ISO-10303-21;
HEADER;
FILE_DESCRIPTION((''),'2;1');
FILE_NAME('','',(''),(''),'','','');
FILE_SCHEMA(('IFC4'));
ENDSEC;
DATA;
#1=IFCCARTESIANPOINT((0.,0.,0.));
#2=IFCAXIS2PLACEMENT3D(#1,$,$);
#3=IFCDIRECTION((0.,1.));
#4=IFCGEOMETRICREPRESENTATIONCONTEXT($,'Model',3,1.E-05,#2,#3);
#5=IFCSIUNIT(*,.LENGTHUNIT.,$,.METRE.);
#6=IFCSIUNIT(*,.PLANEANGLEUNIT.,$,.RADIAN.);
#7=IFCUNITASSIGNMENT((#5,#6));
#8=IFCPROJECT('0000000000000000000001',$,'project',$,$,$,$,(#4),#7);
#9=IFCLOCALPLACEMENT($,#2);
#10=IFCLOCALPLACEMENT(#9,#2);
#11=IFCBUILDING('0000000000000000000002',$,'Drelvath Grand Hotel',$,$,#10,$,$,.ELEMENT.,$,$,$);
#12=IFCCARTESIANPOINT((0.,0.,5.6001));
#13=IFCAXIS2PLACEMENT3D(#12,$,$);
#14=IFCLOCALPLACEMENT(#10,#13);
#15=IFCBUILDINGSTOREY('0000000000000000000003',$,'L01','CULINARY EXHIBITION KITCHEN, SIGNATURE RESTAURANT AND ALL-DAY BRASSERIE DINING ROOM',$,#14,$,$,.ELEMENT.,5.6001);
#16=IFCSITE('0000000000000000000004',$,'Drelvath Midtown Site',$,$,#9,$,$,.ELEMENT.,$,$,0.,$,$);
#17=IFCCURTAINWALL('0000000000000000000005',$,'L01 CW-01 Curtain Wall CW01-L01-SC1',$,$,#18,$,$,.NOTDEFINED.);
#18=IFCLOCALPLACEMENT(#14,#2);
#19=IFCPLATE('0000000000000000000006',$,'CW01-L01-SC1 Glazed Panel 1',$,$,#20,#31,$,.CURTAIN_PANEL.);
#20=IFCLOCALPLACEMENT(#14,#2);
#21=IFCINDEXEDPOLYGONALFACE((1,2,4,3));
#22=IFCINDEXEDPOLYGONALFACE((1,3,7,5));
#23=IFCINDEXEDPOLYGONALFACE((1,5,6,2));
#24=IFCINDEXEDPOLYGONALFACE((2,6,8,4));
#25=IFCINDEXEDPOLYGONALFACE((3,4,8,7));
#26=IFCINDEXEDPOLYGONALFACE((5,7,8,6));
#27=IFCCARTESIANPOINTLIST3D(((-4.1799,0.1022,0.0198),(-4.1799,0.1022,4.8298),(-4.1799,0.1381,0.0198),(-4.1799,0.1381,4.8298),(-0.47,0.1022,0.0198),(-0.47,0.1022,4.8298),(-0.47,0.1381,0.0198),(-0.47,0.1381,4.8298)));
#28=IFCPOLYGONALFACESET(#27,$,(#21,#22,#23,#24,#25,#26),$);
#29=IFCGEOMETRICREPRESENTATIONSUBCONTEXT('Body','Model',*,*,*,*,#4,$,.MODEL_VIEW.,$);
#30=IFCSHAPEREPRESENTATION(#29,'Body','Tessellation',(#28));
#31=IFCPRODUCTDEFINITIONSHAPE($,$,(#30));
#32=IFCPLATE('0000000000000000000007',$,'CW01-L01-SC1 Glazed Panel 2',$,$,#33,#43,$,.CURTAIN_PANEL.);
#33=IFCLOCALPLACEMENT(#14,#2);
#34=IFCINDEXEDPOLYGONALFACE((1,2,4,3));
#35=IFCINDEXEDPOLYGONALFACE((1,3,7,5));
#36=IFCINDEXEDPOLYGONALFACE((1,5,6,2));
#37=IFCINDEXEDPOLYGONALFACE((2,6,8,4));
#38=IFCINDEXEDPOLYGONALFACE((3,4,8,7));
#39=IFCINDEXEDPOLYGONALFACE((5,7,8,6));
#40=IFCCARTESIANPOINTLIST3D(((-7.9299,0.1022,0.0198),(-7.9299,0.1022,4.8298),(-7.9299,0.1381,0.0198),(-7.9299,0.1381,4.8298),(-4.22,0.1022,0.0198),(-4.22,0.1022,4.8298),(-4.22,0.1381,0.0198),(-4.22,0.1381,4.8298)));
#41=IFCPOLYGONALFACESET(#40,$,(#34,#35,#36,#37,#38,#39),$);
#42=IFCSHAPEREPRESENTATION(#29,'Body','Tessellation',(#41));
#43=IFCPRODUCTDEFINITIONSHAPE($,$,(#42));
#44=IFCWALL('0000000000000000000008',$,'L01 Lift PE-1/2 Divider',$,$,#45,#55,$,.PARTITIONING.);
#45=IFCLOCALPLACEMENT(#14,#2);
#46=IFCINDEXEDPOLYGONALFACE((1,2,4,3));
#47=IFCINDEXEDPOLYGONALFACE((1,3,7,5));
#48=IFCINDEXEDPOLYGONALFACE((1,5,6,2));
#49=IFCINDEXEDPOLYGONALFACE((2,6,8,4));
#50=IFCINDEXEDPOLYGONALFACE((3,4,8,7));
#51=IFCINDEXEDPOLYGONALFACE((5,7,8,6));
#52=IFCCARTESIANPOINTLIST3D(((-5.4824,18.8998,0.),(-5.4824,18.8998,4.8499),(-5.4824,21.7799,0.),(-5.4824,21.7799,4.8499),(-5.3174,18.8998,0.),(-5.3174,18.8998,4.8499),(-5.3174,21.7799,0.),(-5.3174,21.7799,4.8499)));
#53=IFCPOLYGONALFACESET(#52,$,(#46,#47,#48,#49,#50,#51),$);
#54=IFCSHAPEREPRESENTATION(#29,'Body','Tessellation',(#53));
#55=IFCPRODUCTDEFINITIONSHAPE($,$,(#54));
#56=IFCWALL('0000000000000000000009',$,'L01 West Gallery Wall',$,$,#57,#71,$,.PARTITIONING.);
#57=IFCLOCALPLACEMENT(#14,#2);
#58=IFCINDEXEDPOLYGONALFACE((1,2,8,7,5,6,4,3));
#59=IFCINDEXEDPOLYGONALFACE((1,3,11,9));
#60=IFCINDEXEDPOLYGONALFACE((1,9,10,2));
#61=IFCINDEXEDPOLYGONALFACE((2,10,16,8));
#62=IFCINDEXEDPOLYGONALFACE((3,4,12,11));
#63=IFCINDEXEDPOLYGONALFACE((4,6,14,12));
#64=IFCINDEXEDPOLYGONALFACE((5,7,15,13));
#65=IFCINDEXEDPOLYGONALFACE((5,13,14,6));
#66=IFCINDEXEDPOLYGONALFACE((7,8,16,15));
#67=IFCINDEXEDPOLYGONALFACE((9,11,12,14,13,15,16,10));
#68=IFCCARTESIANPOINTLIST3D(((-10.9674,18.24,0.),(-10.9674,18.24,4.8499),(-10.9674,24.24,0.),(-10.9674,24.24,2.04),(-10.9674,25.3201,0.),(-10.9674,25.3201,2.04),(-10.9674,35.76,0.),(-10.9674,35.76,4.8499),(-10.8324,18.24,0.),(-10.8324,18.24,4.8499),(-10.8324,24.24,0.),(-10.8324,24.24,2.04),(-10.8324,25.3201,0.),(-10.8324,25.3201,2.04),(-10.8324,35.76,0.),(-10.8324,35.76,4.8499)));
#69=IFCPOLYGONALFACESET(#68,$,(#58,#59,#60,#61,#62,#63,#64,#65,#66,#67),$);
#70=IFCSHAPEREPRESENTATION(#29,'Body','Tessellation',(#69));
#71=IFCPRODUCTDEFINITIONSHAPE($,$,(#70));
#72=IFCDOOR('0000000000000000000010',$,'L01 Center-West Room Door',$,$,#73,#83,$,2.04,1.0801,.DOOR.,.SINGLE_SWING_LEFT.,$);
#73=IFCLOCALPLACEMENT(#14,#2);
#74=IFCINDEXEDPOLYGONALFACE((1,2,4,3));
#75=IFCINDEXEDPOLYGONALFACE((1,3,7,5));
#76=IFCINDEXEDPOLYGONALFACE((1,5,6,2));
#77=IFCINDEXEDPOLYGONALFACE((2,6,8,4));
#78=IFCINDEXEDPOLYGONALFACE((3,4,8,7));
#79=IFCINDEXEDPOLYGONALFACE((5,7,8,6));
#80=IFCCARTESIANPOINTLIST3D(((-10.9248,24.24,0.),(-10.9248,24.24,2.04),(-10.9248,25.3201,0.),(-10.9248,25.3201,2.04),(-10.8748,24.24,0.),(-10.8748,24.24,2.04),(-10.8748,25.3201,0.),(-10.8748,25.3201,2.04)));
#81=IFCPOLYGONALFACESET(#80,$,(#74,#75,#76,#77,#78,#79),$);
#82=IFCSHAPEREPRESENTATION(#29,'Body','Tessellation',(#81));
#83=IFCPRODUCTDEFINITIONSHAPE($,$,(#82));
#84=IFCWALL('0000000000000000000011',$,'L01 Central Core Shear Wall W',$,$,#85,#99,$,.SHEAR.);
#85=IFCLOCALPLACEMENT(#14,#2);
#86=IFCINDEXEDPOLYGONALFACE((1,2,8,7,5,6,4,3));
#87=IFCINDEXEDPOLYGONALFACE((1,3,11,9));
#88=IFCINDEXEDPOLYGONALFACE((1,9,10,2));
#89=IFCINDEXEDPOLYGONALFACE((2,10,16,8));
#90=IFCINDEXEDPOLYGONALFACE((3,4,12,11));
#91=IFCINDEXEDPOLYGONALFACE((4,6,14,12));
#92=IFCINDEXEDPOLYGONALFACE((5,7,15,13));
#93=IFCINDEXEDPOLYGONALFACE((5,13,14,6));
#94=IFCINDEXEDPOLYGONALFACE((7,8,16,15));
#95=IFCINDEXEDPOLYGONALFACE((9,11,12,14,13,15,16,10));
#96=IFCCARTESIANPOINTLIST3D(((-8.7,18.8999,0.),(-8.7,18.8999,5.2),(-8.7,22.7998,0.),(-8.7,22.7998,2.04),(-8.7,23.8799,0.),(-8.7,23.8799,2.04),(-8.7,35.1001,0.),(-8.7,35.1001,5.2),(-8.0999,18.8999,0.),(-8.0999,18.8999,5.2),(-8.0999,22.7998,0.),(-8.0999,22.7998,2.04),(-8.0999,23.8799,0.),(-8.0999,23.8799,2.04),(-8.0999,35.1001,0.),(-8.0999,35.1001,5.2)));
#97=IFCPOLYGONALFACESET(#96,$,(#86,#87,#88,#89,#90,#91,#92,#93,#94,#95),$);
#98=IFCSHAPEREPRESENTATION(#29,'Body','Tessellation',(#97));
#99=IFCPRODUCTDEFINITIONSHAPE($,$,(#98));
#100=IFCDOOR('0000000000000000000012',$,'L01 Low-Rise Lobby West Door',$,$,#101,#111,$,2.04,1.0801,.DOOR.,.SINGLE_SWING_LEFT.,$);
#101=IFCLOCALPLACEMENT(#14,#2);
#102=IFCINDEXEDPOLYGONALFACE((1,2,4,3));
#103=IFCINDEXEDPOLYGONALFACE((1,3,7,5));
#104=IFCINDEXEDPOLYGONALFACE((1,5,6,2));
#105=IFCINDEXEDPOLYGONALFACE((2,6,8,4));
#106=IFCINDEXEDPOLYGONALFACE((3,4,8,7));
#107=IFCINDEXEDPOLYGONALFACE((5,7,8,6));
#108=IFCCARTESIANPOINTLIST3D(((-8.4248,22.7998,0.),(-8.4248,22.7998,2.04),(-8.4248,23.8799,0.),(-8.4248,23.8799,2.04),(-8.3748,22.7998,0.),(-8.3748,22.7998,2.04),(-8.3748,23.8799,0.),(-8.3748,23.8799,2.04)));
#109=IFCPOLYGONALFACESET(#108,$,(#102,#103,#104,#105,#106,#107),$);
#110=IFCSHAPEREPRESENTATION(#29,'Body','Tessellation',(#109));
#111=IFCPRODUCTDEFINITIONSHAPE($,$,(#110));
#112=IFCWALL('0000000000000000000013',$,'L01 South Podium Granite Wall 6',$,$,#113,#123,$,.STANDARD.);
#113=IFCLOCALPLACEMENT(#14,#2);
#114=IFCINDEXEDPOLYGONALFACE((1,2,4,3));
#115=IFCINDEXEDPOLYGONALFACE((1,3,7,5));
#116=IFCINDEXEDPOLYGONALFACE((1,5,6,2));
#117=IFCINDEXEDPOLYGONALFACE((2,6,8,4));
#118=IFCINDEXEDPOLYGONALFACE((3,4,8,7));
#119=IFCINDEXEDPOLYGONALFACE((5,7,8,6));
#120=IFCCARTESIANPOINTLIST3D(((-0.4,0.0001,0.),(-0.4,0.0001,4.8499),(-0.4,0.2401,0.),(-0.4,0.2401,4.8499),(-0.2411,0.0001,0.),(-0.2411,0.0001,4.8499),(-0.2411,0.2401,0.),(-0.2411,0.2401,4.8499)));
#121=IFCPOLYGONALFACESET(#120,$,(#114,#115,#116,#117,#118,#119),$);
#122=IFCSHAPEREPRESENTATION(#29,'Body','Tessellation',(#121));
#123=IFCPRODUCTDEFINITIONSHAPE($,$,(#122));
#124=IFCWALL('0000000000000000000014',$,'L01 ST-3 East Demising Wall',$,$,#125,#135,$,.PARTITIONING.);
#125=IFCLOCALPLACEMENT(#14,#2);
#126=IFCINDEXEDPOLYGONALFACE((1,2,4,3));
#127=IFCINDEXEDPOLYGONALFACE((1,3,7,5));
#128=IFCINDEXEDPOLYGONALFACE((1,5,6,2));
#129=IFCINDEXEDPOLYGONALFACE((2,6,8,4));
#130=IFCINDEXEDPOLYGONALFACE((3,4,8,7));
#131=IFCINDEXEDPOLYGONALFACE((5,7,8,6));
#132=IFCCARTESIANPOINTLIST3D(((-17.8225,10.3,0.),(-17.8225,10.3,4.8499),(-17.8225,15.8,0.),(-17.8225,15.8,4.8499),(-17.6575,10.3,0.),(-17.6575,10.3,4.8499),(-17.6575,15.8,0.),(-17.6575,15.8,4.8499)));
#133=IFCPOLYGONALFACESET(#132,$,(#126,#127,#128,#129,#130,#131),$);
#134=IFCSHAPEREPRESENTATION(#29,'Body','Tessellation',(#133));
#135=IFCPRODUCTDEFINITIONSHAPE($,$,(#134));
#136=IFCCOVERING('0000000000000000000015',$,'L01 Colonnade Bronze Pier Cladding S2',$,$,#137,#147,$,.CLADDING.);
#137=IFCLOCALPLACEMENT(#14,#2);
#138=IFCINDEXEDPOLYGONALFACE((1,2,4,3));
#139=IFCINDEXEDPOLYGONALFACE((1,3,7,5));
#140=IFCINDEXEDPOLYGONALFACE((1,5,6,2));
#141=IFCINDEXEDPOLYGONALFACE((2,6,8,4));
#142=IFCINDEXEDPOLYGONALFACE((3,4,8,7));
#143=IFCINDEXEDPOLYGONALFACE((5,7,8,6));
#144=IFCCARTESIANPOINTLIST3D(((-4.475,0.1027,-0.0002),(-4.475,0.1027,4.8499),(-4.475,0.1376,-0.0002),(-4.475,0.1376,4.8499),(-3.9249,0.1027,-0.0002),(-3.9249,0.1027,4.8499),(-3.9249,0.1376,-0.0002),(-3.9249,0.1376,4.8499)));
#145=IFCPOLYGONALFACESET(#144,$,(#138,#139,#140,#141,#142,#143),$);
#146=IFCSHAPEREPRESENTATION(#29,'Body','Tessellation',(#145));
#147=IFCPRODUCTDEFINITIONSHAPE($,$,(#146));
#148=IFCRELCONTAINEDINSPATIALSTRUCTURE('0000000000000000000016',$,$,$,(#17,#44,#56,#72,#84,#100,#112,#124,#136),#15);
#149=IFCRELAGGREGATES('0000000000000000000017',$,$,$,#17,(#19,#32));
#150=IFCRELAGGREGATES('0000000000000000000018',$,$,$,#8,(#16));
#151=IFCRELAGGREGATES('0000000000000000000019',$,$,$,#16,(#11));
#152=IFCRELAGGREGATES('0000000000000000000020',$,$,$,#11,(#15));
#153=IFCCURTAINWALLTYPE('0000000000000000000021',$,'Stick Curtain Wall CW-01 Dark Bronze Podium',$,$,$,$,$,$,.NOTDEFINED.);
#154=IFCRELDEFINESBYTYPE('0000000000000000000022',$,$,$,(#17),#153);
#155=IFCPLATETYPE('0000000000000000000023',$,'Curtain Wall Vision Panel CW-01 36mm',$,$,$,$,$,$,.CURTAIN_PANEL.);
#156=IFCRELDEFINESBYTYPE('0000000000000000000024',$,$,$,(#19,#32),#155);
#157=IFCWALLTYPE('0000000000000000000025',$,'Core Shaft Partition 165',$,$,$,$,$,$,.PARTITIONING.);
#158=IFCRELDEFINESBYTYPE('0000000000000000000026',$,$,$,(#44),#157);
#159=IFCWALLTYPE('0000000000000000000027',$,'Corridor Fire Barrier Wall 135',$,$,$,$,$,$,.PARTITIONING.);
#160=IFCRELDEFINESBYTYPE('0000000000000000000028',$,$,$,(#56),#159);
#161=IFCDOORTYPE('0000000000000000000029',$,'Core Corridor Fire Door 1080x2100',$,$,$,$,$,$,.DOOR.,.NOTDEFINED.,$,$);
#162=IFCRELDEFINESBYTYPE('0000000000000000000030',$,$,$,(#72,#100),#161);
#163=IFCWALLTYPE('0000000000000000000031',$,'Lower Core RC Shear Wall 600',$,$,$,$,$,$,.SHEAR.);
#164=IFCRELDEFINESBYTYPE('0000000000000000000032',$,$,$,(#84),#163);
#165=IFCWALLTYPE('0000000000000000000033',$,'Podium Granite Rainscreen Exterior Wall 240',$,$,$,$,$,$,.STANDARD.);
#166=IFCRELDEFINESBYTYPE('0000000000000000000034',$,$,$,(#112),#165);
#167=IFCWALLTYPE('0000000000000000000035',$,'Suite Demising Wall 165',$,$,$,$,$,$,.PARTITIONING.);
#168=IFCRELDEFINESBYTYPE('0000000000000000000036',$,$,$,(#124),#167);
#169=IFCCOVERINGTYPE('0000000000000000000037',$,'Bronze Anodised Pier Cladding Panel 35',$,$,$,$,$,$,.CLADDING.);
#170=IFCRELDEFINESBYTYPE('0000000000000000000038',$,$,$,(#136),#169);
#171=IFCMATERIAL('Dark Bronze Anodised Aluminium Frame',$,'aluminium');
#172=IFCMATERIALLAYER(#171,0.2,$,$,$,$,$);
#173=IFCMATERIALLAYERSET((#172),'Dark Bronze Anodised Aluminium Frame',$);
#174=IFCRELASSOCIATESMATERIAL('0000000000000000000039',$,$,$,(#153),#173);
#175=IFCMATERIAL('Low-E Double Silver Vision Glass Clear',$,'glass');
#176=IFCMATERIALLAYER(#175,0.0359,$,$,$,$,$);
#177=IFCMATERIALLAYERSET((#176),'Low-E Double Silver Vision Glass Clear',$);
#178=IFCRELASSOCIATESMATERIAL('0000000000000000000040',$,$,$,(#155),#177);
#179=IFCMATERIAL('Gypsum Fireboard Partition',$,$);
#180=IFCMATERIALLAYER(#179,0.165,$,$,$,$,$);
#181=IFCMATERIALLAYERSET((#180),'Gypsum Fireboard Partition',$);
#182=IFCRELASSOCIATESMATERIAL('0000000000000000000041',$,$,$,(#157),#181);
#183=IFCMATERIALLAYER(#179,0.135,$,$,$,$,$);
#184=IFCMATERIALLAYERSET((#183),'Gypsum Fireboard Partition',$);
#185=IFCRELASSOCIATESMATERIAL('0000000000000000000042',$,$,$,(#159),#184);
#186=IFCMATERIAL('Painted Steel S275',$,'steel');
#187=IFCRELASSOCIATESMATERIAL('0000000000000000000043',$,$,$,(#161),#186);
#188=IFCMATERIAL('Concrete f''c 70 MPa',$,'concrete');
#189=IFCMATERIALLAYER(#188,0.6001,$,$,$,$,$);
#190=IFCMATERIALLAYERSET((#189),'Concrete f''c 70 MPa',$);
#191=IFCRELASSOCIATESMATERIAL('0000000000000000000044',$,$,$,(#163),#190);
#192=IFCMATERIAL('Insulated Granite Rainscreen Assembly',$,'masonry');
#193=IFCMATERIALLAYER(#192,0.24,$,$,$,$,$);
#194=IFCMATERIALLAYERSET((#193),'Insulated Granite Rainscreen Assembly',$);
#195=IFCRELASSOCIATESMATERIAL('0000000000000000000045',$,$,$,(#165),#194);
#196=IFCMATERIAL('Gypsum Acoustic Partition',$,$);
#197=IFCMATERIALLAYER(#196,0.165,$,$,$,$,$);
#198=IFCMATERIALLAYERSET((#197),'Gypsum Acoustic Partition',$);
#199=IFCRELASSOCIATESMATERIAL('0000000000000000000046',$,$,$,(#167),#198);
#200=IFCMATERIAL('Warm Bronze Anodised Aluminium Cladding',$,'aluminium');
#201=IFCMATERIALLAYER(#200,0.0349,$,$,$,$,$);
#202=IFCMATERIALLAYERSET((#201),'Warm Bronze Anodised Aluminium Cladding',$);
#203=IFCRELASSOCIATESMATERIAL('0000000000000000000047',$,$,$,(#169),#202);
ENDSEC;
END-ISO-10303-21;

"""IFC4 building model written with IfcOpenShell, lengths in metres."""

from ifc_helpers import new_model, si_unit, direction, frame, frame_2d, origin, origin_2d, place, context, subcontext, project, spatial, rectangle, extrude, material, layer, layer_set, type_object, element, fill, aggregate, save


model = new_model("IFC4")

# Units and contexts
model_context = context("Model", 3, precision=1e-05, world=origin(), true_north=direction((0.0, 1.0)))
body_context = subcontext(model_context, "Body", "Model", "MODEL_VIEW")
ifc_project = project(units=[si_unit("LENGTHUNIT", "METRE"), si_unit("PLANEANGLEUNIT", "RADIAN")], contexts=[model_context])

# Site, building, storey
site_placement = place(None, origin())
site = spatial("IfcSite", under=ifc_project, at=site_placement, Name="Drelvath Midtown Site", CompositionType="ELEMENT", RefElevation=0.0)
building_placement = place(site_placement, origin())
building = spatial("IfcBuilding", under=site, at=building_placement, Name="Drelvath Grand Hotel", CompositionType="ELEMENT")
storey_placement = place(building_placement, frame((0.0, 0.0, 5.6001)))
storey = spatial("IfcBuildingStorey", under=building, at=storey_placement, Name="L01", Description="CULINARY EXHIBITION KITCHEN, SIGNATURE RESTAURANT AND ALL-DAY BRASSERIE DINING ROOM", CompositionType="ELEMENT", Elevation=5.6001)

# Shared definitions
ifc_material_1 = material(Name="Concrete f'c 70 MPa", Category="concrete")

# Curtain wall
ifc_material_2 = material(Name="Dark Bronze Anodised Aluminium Frame", Category="aluminium")
ifc_layer_1 = layer(ifc_material_2, 0.2)
ifc_layer_set_1 = layer_set([ifc_layer_1], Name="Dark Bronze Anodised Aluminium Frame")
curtain_wall_type = type_object("IfcCurtainWallType", Name="Stick Curtain Wall CW-01 Dark Bronze Podium", PredefinedType="NOTDEFINED", material=ifc_layer_set_1)
curtain_wall_placement = place(storey_placement, origin())
curtain_wall = element("IfcCurtainWall", 1, at=curtain_wall_placement, inside=storey, type_object=curtain_wall_type, Name="L01 CW-01 Curtain Wall CW01-L01-SC1", PredefinedType="NOTDEFINED")

# Plates
ifc_material_3 = material(Name="Low-E Double Silver Vision Glass Clear", Category="glass")
ifc_layer_2 = layer(ifc_material_3, 0.0359)
ifc_layer_set_2 = layer_set([ifc_layer_2], Name="Low-E Double Silver Vision Glass Clear")
plate_type = type_object("IfcPlateType", Name="Curtain Wall Vision Panel CW-01 36mm", PredefinedType="CURTAIN_PANEL", material=ifc_layer_set_2)
plate_1_placement = place(storey_placement, frame((-2.325, 0.1201, 0.0198), z_axis=(0.0, 0.0, 1.0), x_axis=(-1.0, 0.0, 0.0)))
plate_1 = element("IfcPlate", 2, at=plate_1_placement, type_object=plate_type, Name="CW01-L01-SC1 Glazed Panel 1", PredefinedType="CURTAIN_PANEL", context=body_context, shape_type="SweptSolid", body=[
    extrude(rectangle(XDim=3.71, YDim=0.0359, at=origin_2d()), origin(), (0.0, 0.0, 1.0), 4.8101),
])
plate_2_placement = place(storey_placement, frame((-6.075, 0.1201, 0.0198), z_axis=(0.0, 0.0, 1.0), x_axis=(-1.0, 0.0, 0.0)))
plate_2 = element("IfcPlate", 3, at=plate_2_placement, type_object=plate_type, Name="CW01-L01-SC1 Glazed Panel 2", PredefinedType="CURTAIN_PANEL", context=body_context, shape_type="SweptSolid", body=[
    extrude(rectangle(XDim=3.71, YDim=0.0359, at=origin_2d()), origin(), (0.0, 0.0, 1.0), 4.8101),
])
aggregate(curtain_wall, [plate_1, plate_2])

# Wall
ifc_material_4 = material(Name="Gypsum Fireboard Partition")
ifc_layer_3 = layer(ifc_material_4, 0.165)
ifc_layer_set_3 = layer_set([ifc_layer_3], Name="Gypsum Fireboard Partition")
wall_type_1 = type_object("IfcWallType", Name="Core Shaft Partition 165", PredefinedType="PARTITIONING", material=ifc_layer_set_3)
wall_1_placement = place(storey_placement, frame((-5.3999, 18.8999, 0.0), z_axis=(0.0, 0.0, 1.0), x_axis=(0.0, 1.0, 0.0)))
element("IfcWall", 4, at=wall_1_placement, inside=storey, type_object=wall_type_1, Name="L01 Lift PE-1/2 Divider", PredefinedType="PARTITIONING", context=body_context, shape_type="SweptSolid", body=[
    extrude(rectangle(XDim=2.8801, YDim=0.165, at=frame_2d((1.4399, 0.0))), origin(), (0.0, 0.0, 1.0), 4.8499),
])

# Walls, openings, doors
ifc_layer_4 = layer(ifc_material_4, 0.135)
ifc_layer_set_4 = layer_set([ifc_layer_4], Name="Gypsum Fireboard Partition")
wall_type_2 = type_object("IfcWallType", Name="Corridor Fire Barrier Wall 135", PredefinedType="PARTITIONING", material=ifc_layer_set_4)
wall_2_placement = place(storey_placement, frame((-10.8999, 18.24, 0.0), z_axis=(0.0, 0.0, 1.0), x_axis=(0.0, 1.0, 0.0)))
wall_2 = element("IfcWall", 5, at=wall_2_placement, inside=storey, type_object=wall_type_2, Name="L01 West Gallery Wall", PredefinedType="PARTITIONING", context=body_context, shape_type="SweptSolid", body=[
    extrude(rectangle(XDim=17.52, YDim=0.135, at=frame_2d((8.76, 0.0))), origin(), (0.0, 0.0, 1.0), 4.8499),
])
opening_1_placement = place(wall_2_placement, frame((6.0, 0.0, 0.0)))
opening_1 = element("IfcOpeningElement", 6, at=opening_1_placement, cuts=wall_2, PredefinedType="OPENING", context=body_context, shape_type="SweptSolid", body=[
    extrude(rectangle(XDim=1.0801, YDim=2.04, at=frame_2d((0.54, 1.02))), frame((0.0, 0.0774, 0.0), z_axis=(0.0, -1.0, 0.0), x_axis=(1.0, 0.0, 0.0)), (0.0, 0.0, 1.0), 0.155),
])
ifc_material_5 = material(Name="Painted Steel S275", Category="steel")
door_type = type_object("IfcDoorType", Name="Core Corridor Fire Door 1080x2100", OperationType="NOTDEFINED", PredefinedType="DOOR", material=ifc_material_5)
door_1_placement = place(opening_1_placement, origin())
door_1 = element("IfcDoor", 7, at=door_1_placement, inside=storey, type_object=door_type, Name="L01 Center-West Room Door", OperationType="SINGLE_SWING_LEFT", OverallHeight=2.04, OverallWidth=1.0801, PredefinedType="DOOR", context=body_context, shape_type="SweptSolid", body=[
    extrude(rectangle(XDim=1.0801, YDim=2.04, at=frame_2d((0.54, 1.02))), frame((0.0, 0.0249, 0.0), z_axis=(0.0, -1.0, 0.0), x_axis=(1.0, 0.0, 0.0)), (0.0, 0.0, 1.0), 0.05),
])
fill(opening_1, door_1)
ifc_layer_5 = layer(ifc_material_1, 0.6001)
ifc_layer_set_5 = layer_set([ifc_layer_5], Name="Concrete f'c 70 MPa")
wall_type_3 = type_object("IfcWallType", Name="Lower Core RC Shear Wall 600", PredefinedType="SHEAR", material=ifc_layer_set_5)
wall_3_placement = place(storey_placement, frame((-8.3999, 18.8999, 0.0), z_axis=(0.0, 0.0, 1.0), x_axis=(0.0, 1.0, 0.0)))
wall_3 = element("IfcWall", 8, at=wall_3_placement, inside=storey, type_object=wall_type_3, Name="L01 Central Core Shear Wall W", PredefinedType="SHEAR", context=body_context, shape_type="SweptSolid", body=[
    extrude(rectangle(XDim=16.2002, YDim=0.6001, at=frame_2d((8.1001, 0.0))), origin(), (0.0, 0.0, 1.0), 5.2),
])
opening_2_placement = place(wall_3_placement, frame((3.8999, 0.0, 0.0)))
opening_2 = element("IfcOpeningElement", 9, at=opening_2_placement, cuts=wall_3, PredefinedType="OPENING", context=body_context, shape_type="SweptSolid", body=[
    extrude(rectangle(XDim=1.0801, YDim=2.04, at=frame_2d((0.54, 1.02))), frame((0.0, 0.3101, 0.0), z_axis=(0.0, -1.0, 0.0), x_axis=(1.0, 0.0, 0.0)), (0.0, 0.0, 1.0), 0.6201),
])
door_2_placement = place(opening_2_placement, origin())
door_2 = element("IfcDoor", 10, at=door_2_placement, inside=storey, type_object=door_type, Name="L01 Low-Rise Lobby West Door", OperationType="SINGLE_SWING_LEFT", OverallHeight=2.04, OverallWidth=1.0801, PredefinedType="DOOR", context=body_context, shape_type="SweptSolid", body=[
    extrude(rectangle(XDim=1.0801, YDim=2.04, at=frame_2d((0.54, 1.02))), frame((0.0, 0.0249, 0.0), z_axis=(0.0, -1.0, 0.0), x_axis=(1.0, 0.0, 0.0)), (0.0, 0.0, 1.0), 0.05),
])
fill(opening_2, door_2)

# Walls
ifc_material_6 = material(Name="Insulated Granite Rainscreen Assembly", Category="masonry")
ifc_layer_6 = layer(ifc_material_6, 0.24)
ifc_layer_set_6 = layer_set([ifc_layer_6], Name="Insulated Granite Rainscreen Assembly")
wall_type_4 = type_object("IfcWallType", Name="Podium Granite Rainscreen Exterior Wall 240", PredefinedType="STANDARD", material=ifc_layer_set_6)
wall_4_placement = place(storey_placement, frame((-0.241, 0.1201, 0.0), z_axis=(0.0, 0.0, 1.0), x_axis=(-1.0, 0.0, 0.0)))
element("IfcWall", 11, at=wall_4_placement, inside=storey, type_object=wall_type_4, Name="L01 South Podium Granite Wall 6", PredefinedType="STANDARD", context=body_context, shape_type="SweptSolid", body=[
    extrude(rectangle(XDim=0.1589, YDim=0.24, at=frame_2d((0.0796, 0.0))), origin(), (0.0, 0.0, 1.0), 4.8499),
])
ifc_material_7 = material(Name="Gypsum Acoustic Partition")
ifc_layer_7 = layer(ifc_material_7, 0.165)
ifc_layer_set_7 = layer_set([ifc_layer_7], Name="Gypsum Acoustic Partition")
wall_type_5 = type_object("IfcWallType", Name="Suite Demising Wall 165", PredefinedType="PARTITIONING", material=ifc_layer_set_7)
wall_5_placement = place(storey_placement, frame((-17.74, 10.3, 0.0), z_axis=(0.0, 0.0, 1.0), x_axis=(0.0, 1.0, 0.0)))
element("IfcWall", 12, at=wall_5_placement, inside=storey, type_object=wall_type_5, Name="L01 ST-3 East Demising Wall", PredefinedType="PARTITIONING", context=body_context, shape_type="SweptSolid", body=[
    extrude(rectangle(XDim=5.5, YDim=0.165, at=frame_2d((2.75, 0.0))), origin(), (0.0, 0.0, 1.0), 4.8499),
])

# Covering
ifc_material_8 = material(Name="Warm Bronze Anodised Aluminium Cladding", Category="aluminium")
ifc_layer_8 = layer(ifc_material_8, 0.0349)
ifc_layer_set_8 = layer_set([ifc_layer_8], Name="Warm Bronze Anodised Aluminium Cladding")
covering_type = type_object("IfcCoveringType", Name="Bronze Anodised Pier Cladding Panel 35", PredefinedType="CLADDING", material=ifc_layer_set_8)
covering_placement = place(storey_placement, frame((-4.2, 0.1201, -0.0002), z_axis=(0.0, 0.0, 1.0), x_axis=(1.0, 0.0, 0.0)))
element("IfcCovering", 13, at=covering_placement, inside=storey, type_object=covering_type, Name="L01 Colonnade Bronze Pier Cladding S2", PredefinedType="CLADDING", context=body_context, shape_type="SweptSolid", body=[
    extrude(rectangle(XDim=0.55, YDim=0.0349, at=origin_2d()), origin(), (0.0, 0.0, 1.0), 4.8501),
])

save(model, "model.ifc")
